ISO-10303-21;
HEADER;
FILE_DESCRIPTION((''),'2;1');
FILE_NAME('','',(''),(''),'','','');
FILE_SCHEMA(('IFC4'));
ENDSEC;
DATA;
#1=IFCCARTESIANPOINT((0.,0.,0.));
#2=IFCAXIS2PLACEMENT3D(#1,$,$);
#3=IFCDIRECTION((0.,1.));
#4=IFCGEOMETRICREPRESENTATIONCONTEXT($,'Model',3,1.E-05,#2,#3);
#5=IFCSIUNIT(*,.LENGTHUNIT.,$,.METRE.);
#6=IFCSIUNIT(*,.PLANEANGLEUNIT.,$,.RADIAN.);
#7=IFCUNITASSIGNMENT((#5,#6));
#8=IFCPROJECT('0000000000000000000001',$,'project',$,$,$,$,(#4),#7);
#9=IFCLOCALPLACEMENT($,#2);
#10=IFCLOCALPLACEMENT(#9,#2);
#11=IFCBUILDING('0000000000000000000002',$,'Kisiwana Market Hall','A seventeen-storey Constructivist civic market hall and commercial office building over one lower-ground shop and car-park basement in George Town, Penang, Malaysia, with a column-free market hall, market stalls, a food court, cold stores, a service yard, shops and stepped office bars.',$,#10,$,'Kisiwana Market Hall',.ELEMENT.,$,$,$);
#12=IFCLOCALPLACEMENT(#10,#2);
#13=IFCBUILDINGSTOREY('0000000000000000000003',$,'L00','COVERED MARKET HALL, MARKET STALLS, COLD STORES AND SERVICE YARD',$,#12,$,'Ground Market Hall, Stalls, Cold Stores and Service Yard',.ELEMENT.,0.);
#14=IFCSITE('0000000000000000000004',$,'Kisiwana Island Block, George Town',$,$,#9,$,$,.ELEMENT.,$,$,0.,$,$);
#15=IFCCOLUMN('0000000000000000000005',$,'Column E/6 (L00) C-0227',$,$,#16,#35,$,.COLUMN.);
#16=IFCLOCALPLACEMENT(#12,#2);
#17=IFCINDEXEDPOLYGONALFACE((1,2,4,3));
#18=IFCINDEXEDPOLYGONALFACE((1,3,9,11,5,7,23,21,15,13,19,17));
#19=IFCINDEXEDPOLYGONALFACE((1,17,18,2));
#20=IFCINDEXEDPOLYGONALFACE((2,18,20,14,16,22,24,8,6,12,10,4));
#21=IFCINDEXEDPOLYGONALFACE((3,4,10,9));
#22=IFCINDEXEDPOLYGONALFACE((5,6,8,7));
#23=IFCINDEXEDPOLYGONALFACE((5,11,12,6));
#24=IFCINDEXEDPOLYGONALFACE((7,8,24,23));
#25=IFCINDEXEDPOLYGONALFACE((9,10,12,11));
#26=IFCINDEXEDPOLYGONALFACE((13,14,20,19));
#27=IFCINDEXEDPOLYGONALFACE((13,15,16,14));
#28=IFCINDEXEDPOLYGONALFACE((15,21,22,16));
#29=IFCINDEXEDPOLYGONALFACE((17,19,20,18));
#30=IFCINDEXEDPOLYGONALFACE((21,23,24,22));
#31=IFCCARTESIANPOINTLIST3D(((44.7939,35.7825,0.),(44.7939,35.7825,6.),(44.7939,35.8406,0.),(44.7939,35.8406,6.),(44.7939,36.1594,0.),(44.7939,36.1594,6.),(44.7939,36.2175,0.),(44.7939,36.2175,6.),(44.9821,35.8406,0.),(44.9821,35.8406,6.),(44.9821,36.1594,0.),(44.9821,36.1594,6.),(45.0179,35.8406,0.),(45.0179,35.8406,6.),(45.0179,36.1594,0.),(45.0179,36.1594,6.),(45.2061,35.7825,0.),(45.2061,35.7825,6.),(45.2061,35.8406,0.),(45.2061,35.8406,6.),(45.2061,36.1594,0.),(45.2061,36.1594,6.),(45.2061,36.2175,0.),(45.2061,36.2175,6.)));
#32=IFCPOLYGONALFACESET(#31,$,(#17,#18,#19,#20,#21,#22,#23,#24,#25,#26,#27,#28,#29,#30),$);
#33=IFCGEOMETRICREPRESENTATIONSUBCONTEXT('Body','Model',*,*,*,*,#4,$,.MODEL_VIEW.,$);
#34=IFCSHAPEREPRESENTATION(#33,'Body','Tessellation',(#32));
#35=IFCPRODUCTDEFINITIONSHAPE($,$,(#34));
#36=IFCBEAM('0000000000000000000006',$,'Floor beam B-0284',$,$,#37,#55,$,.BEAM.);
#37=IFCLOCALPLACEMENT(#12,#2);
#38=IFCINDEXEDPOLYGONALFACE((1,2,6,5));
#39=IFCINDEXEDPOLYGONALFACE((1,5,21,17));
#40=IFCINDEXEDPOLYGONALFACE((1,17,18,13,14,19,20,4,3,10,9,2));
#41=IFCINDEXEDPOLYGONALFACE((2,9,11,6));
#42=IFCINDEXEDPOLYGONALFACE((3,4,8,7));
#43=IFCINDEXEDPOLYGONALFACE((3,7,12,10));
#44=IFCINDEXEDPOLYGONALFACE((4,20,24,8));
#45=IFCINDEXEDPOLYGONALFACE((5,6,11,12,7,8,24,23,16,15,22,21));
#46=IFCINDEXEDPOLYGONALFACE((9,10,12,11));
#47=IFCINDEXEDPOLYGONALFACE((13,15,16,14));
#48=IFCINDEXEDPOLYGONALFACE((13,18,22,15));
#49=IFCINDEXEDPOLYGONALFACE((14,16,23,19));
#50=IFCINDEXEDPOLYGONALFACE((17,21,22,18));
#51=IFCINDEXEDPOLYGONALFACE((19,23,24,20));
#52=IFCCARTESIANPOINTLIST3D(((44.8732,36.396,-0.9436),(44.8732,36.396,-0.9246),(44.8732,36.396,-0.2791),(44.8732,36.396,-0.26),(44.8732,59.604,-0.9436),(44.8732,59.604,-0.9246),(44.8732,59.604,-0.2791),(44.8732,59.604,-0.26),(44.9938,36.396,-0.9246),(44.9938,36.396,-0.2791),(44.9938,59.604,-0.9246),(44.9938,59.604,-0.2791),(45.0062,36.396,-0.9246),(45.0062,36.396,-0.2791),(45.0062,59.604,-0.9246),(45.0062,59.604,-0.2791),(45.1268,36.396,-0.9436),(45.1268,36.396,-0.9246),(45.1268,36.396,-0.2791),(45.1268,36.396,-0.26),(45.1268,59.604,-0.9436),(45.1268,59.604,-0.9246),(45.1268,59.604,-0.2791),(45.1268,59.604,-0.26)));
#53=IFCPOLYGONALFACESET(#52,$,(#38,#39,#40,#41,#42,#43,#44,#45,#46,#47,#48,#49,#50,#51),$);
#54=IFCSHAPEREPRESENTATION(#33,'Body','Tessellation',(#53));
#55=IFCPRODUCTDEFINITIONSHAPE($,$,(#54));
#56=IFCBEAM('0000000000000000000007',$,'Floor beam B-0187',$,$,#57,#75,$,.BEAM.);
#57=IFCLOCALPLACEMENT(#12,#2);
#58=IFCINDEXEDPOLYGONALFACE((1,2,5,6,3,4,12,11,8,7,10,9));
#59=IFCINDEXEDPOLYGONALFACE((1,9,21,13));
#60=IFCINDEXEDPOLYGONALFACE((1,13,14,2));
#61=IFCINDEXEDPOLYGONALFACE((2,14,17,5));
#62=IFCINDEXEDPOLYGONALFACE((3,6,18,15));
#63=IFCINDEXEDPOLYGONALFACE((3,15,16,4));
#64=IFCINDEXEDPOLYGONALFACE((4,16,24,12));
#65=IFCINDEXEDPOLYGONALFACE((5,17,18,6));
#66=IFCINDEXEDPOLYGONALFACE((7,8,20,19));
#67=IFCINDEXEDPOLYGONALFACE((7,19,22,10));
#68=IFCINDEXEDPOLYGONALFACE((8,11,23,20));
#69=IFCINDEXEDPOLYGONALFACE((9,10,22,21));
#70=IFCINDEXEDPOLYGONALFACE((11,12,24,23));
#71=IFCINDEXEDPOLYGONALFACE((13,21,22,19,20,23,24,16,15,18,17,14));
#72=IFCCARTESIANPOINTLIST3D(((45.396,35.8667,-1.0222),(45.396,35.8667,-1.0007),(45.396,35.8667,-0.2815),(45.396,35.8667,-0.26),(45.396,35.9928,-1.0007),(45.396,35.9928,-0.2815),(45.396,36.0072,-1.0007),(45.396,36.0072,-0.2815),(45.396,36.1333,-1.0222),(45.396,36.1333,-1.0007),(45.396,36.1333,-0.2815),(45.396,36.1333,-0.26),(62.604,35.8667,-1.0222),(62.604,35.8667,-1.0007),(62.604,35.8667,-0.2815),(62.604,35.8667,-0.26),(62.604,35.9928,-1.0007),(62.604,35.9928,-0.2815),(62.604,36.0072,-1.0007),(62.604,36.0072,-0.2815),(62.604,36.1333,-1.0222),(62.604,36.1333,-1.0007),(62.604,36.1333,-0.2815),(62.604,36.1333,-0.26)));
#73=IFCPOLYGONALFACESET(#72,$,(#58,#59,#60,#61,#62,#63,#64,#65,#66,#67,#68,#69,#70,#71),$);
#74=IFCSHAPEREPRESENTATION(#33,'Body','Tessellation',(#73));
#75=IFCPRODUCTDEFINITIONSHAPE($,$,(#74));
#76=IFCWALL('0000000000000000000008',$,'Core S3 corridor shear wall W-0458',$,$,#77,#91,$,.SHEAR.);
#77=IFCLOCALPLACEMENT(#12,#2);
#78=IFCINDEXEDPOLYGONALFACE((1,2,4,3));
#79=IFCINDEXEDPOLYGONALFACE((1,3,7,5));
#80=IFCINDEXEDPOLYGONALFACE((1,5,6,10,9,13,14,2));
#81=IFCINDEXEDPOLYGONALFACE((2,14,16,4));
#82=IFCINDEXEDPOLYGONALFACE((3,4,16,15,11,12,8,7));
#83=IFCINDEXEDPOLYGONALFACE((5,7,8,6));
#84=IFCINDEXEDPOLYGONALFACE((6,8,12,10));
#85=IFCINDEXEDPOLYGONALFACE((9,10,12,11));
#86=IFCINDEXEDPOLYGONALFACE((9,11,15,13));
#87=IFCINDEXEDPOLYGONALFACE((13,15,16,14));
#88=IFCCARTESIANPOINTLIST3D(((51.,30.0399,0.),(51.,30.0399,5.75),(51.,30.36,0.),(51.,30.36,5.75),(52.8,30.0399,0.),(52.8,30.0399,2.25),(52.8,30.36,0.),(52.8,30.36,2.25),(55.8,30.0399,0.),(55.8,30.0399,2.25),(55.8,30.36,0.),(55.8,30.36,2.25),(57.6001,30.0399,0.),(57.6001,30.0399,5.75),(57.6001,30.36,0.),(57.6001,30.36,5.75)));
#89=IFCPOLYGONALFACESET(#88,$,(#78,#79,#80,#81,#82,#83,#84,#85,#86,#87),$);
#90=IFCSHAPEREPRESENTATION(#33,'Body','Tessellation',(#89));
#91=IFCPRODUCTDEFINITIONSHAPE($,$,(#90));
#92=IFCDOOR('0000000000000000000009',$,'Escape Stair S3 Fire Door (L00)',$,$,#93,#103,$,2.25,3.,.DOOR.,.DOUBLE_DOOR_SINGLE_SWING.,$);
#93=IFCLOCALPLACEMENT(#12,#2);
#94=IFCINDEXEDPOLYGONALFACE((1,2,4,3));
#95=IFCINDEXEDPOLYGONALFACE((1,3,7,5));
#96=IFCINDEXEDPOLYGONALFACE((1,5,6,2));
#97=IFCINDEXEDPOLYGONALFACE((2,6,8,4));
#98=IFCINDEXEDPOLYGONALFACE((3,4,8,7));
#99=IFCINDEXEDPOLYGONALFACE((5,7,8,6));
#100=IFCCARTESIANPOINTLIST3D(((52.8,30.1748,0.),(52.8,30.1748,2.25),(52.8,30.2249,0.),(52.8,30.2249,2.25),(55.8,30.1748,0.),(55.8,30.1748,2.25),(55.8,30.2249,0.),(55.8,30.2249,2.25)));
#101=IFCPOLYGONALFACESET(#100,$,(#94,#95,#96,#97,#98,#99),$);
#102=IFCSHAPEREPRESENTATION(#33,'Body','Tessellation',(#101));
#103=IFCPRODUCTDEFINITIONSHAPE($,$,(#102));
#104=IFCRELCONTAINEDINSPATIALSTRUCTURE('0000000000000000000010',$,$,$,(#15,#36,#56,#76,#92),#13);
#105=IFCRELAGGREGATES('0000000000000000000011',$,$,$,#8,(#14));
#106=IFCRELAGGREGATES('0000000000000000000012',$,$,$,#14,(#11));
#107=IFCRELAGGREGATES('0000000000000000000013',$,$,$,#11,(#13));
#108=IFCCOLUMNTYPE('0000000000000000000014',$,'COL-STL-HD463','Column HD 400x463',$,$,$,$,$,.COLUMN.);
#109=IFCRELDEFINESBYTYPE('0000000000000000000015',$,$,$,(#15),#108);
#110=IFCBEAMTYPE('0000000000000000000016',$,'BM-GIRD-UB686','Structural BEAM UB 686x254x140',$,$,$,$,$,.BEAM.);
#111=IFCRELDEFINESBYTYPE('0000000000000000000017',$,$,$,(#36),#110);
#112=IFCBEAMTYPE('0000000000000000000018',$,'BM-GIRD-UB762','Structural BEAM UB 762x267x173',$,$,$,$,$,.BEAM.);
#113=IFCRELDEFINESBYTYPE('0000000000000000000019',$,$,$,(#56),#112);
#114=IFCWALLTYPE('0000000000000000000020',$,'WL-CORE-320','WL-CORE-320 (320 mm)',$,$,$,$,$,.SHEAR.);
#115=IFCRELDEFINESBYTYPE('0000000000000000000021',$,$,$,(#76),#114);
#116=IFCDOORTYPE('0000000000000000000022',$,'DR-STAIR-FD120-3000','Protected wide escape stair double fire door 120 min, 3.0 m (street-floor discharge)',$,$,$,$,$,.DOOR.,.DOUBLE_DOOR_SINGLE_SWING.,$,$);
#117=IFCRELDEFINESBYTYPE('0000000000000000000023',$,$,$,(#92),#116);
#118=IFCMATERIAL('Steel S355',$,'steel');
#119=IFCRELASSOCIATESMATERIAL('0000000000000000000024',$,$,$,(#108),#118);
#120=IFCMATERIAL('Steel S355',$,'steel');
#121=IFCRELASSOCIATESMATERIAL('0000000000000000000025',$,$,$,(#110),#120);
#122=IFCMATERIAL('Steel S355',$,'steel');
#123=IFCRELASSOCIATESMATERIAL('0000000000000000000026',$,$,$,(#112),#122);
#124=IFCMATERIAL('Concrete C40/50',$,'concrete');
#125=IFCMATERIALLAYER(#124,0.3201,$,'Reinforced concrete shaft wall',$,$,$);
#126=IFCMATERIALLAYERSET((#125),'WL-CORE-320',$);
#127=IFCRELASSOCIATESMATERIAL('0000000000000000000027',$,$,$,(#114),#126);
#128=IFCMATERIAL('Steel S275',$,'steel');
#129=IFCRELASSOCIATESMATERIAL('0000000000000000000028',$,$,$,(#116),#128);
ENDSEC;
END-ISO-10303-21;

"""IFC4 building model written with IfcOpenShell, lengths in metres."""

from ifc_helpers import new_model, si_unit, direction, frame, frame_2d, origin, origin_2d, place, context, subcontext, project, spatial, rectangle, i_section, extrude, material, layer, layer_set, material_profile, profile_set, type_object, element, fill, save


model = new_model("IFC4")

# Units and contexts
model_context = context("Model", 3, precision=1e-05, world=origin(), true_north=direction((0.0, 1.0)))
body_context = subcontext(model_context, "Body", "Model", "MODEL_VIEW")
ifc_project = project(units=[si_unit("LENGTHUNIT", "METRE"), si_unit("PLANEANGLEUNIT", "RADIAN")], contexts=[model_context])

# Site, building, storey
site_placement = place(None, origin())
site = spatial("IfcSite", under=ifc_project, at=site_placement, Name="Kisiwana Island Block, George Town", CompositionType="ELEMENT", RefElevation=0.0)
building_placement = place(site_placement, origin())
building = spatial("IfcBuilding", under=site, at=building_placement, Name="Kisiwana Market Hall", Description="A seventeen-storey Constructivist civic market hall and commercial office building over one lower-ground shop and car-park basement in George Town, Penang, Malaysia, with a column-free market hall, market stalls, a food court, cold stores, a service yard, shops and stepped office bars.", LongName="Kisiwana Market Hall", CompositionType="ELEMENT")
storey_placement = place(building_placement, origin())
storey = spatial("IfcBuildingStorey", under=building, at=storey_placement, Name="L00", Description="COVERED MARKET HALL, MARKET STALLS, COLD STORES AND SERVICE YARD", LongName="Ground Market Hall, Stalls, Cold Stores and Service Yard", CompositionType="ELEMENT", Elevation=0.0)

# Column
ifc_material_1 = material(Name="Steel S355", Category="steel")
ifc_material_profile_1 = material_profile(ifc_material_1, i_section(OverallWidth=0.4121, OverallDepth=0.4351, WebThickness=0.0359, FlangeThickness=0.0581, at=origin_2d()), Name="HD 400x463")
ifc_profile_set_1 = profile_set([ifc_material_profile_1], Name="Steel S355")
column_type = type_object("IfcColumnType", Name="COL-STL-HD463", Description="Column HD 400x463", PredefinedType="COLUMN", material=ifc_profile_set_1)
column_placement = place(storey_placement, frame((45.0, 36.0, 0.0), z_axis=(0.0, 0.0, 1.0), x_axis=(1.0, 0.0, 0.0)))
element("IfcColumn", 1, at=column_placement, inside=storey, type_object=column_type, Name="Column E/6 (L00) C-0227", PredefinedType="COLUMN", context=body_context, shape_type="SweptSolid", body=[
    extrude(i_section(OverallWidth=0.4121, OverallDepth=0.4351, WebThickness=0.0359, FlangeThickness=0.0581, at=origin_2d()), origin(), (0.0, 0.0, 1.0), 6.0),
])

# Beams
ifc_material_2 = material(Name="Steel S355", Category="steel")
ifc_material_profile_2 = material_profile(ifc_material_2, i_section(OverallWidth=0.2537, OverallDepth=0.6836, WebThickness=0.0125, FlangeThickness=0.019, at=origin_2d()), Name="UB 686x254x140")
ifc_profile_set_2 = profile_set([ifc_material_profile_2], Name="Steel S355")
beam_type_1 = type_object("IfcBeamType", Name="BM-GIRD-UB686", Description="Structural BEAM UB 686x254x140", PredefinedType="BEAM", material=ifc_profile_set_2)
beam_1_placement = place(storey_placement, frame((45.0, 36.396, -0.6018), z_axis=(0.0, 1.0, 0.0), x_axis=(-1.0, 0.0, 0.0)))
element("IfcBeam", 2, at=beam_1_placement, inside=storey, type_object=beam_type_1, Name="Floor beam B-0284", PredefinedType="BEAM", context=body_context, shape_type="SweptSolid", body=[
    extrude(i_section(OverallWidth=0.2537, OverallDepth=0.6836, WebThickness=0.0125, FlangeThickness=0.019, at=origin_2d()), origin(), (0.0, 0.0, 1.0), 23.208),
])
ifc_material_3 = material(Name="Steel S355", Category="steel")
ifc_material_profile_3 = material_profile(ifc_material_3, i_section(OverallWidth=0.2666, OverallDepth=0.7622, WebThickness=0.0144, FlangeThickness=0.0215, at=origin_2d()), Name="UB 762x267x173")
ifc_profile_set_3 = profile_set([ifc_material_profile_3], Name="Steel S355")
beam_type_2 = type_object("IfcBeamType", Name="BM-GIRD-UB762", Description="Structural BEAM UB 762x267x173", PredefinedType="BEAM", material=ifc_profile_set_3)
beam_2_placement = place(storey_placement, frame((45.396, 36.0, -0.6411), z_axis=(1.0, 0.0, 0.0), x_axis=(0.0, 1.0, 0.0)))
element("IfcBeam", 3, at=beam_2_placement, inside=storey, type_object=beam_type_2, Name="Floor beam B-0187", PredefinedType="BEAM", context=body_context, shape_type="SweptSolid", body=[
    extrude(i_section(OverallWidth=0.2666, OverallDepth=0.7622, WebThickness=0.0144, FlangeThickness=0.0215, at=origin_2d()), origin(), (0.0, 0.0, 1.0), 17.208),
])

# Wall, opening, door
ifc_material_4 = material(Name="Concrete C40/50", Category="concrete")
ifc_layer_1 = layer(ifc_material_4, 0.3201, Name="Reinforced concrete shaft wall")
ifc_layer_set_1 = layer_set([ifc_layer_1], Name="WL-CORE-320")
wall_type_1 = type_object("IfcWallType", Name="WL-CORE-320", Description="WL-CORE-320 (320 mm)", PredefinedType="SHEAR", material=ifc_layer_set_1)
wall_1_placement = place(storey_placement, frame((51.0, 30.2, 0.0), z_axis=(0.0, 0.0, 1.0), x_axis=(1.0, 0.0, 0.0)))
wall_1 = element("IfcWall", 4, at=wall_1_placement, inside=storey, type_object=wall_type_1, Name="Core S3 corridor shear wall W-0458", PredefinedType="SHEAR", context=body_context, shape_type="SweptSolid", body=[
    extrude(rectangle(XDim=6.6001, YDim=0.3201, at=frame_2d((3.3, 0.0))), origin(), (0.0, 0.0, 1.0), 5.75),
])
opening_1_placement = place(wall_1_placement, frame((1.8, 0.0, 0.0)))
opening_1 = element("IfcOpeningElement", 5, at=opening_1_placement, cuts=wall_1, PredefinedType="OPENING", context=body_context, shape_type="SweptSolid", body=[
    extrude(rectangle(XDim=3.0, YDim=2.25, at=frame_2d((1.5, 1.125))), frame((0.0, 0.1719, 0.0), z_axis=(0.0, -1.0, 0.0), x_axis=(1.0, 0.0, 0.0)), (0.0, 0.0, 1.0), 0.344),
])
ifc_material_5 = material(Name="Steel S275", Category="steel")
door_type_1 = type_object("IfcDoorType", Name="DR-STAIR-FD120-3000", Description="Protected wide escape stair double fire door 120 min, 3.0 m (street-floor discharge)", OperationType="DOUBLE_DOOR_SINGLE_SWING", PredefinedType="DOOR", material=ifc_material_5)
door_1_placement = place(opening_1_placement, origin())
door_1 = element("IfcDoor", 6, at=door_1_placement, inside=storey, type_object=door_type_1, Name="Escape Stair S3 Fire Door (L00)", OperationType="DOUBLE_DOOR_SINGLE_SWING", OverallHeight=2.25, OverallWidth=3.0, PredefinedType="DOOR", context=body_context, shape_type="SweptSolid", body=[
    extrude(rectangle(XDim=3.0, YDim=2.25, at=frame_2d((1.5, 1.125))), frame((0.0, 0.0249, 0.0), z_axis=(0.0, -1.0, 0.0), x_axis=(1.0, 0.0, 0.0)), (0.0, 0.0, 1.0), 0.05),
])
fill(opening_1, door_1)

save(model, "model.ifc")
